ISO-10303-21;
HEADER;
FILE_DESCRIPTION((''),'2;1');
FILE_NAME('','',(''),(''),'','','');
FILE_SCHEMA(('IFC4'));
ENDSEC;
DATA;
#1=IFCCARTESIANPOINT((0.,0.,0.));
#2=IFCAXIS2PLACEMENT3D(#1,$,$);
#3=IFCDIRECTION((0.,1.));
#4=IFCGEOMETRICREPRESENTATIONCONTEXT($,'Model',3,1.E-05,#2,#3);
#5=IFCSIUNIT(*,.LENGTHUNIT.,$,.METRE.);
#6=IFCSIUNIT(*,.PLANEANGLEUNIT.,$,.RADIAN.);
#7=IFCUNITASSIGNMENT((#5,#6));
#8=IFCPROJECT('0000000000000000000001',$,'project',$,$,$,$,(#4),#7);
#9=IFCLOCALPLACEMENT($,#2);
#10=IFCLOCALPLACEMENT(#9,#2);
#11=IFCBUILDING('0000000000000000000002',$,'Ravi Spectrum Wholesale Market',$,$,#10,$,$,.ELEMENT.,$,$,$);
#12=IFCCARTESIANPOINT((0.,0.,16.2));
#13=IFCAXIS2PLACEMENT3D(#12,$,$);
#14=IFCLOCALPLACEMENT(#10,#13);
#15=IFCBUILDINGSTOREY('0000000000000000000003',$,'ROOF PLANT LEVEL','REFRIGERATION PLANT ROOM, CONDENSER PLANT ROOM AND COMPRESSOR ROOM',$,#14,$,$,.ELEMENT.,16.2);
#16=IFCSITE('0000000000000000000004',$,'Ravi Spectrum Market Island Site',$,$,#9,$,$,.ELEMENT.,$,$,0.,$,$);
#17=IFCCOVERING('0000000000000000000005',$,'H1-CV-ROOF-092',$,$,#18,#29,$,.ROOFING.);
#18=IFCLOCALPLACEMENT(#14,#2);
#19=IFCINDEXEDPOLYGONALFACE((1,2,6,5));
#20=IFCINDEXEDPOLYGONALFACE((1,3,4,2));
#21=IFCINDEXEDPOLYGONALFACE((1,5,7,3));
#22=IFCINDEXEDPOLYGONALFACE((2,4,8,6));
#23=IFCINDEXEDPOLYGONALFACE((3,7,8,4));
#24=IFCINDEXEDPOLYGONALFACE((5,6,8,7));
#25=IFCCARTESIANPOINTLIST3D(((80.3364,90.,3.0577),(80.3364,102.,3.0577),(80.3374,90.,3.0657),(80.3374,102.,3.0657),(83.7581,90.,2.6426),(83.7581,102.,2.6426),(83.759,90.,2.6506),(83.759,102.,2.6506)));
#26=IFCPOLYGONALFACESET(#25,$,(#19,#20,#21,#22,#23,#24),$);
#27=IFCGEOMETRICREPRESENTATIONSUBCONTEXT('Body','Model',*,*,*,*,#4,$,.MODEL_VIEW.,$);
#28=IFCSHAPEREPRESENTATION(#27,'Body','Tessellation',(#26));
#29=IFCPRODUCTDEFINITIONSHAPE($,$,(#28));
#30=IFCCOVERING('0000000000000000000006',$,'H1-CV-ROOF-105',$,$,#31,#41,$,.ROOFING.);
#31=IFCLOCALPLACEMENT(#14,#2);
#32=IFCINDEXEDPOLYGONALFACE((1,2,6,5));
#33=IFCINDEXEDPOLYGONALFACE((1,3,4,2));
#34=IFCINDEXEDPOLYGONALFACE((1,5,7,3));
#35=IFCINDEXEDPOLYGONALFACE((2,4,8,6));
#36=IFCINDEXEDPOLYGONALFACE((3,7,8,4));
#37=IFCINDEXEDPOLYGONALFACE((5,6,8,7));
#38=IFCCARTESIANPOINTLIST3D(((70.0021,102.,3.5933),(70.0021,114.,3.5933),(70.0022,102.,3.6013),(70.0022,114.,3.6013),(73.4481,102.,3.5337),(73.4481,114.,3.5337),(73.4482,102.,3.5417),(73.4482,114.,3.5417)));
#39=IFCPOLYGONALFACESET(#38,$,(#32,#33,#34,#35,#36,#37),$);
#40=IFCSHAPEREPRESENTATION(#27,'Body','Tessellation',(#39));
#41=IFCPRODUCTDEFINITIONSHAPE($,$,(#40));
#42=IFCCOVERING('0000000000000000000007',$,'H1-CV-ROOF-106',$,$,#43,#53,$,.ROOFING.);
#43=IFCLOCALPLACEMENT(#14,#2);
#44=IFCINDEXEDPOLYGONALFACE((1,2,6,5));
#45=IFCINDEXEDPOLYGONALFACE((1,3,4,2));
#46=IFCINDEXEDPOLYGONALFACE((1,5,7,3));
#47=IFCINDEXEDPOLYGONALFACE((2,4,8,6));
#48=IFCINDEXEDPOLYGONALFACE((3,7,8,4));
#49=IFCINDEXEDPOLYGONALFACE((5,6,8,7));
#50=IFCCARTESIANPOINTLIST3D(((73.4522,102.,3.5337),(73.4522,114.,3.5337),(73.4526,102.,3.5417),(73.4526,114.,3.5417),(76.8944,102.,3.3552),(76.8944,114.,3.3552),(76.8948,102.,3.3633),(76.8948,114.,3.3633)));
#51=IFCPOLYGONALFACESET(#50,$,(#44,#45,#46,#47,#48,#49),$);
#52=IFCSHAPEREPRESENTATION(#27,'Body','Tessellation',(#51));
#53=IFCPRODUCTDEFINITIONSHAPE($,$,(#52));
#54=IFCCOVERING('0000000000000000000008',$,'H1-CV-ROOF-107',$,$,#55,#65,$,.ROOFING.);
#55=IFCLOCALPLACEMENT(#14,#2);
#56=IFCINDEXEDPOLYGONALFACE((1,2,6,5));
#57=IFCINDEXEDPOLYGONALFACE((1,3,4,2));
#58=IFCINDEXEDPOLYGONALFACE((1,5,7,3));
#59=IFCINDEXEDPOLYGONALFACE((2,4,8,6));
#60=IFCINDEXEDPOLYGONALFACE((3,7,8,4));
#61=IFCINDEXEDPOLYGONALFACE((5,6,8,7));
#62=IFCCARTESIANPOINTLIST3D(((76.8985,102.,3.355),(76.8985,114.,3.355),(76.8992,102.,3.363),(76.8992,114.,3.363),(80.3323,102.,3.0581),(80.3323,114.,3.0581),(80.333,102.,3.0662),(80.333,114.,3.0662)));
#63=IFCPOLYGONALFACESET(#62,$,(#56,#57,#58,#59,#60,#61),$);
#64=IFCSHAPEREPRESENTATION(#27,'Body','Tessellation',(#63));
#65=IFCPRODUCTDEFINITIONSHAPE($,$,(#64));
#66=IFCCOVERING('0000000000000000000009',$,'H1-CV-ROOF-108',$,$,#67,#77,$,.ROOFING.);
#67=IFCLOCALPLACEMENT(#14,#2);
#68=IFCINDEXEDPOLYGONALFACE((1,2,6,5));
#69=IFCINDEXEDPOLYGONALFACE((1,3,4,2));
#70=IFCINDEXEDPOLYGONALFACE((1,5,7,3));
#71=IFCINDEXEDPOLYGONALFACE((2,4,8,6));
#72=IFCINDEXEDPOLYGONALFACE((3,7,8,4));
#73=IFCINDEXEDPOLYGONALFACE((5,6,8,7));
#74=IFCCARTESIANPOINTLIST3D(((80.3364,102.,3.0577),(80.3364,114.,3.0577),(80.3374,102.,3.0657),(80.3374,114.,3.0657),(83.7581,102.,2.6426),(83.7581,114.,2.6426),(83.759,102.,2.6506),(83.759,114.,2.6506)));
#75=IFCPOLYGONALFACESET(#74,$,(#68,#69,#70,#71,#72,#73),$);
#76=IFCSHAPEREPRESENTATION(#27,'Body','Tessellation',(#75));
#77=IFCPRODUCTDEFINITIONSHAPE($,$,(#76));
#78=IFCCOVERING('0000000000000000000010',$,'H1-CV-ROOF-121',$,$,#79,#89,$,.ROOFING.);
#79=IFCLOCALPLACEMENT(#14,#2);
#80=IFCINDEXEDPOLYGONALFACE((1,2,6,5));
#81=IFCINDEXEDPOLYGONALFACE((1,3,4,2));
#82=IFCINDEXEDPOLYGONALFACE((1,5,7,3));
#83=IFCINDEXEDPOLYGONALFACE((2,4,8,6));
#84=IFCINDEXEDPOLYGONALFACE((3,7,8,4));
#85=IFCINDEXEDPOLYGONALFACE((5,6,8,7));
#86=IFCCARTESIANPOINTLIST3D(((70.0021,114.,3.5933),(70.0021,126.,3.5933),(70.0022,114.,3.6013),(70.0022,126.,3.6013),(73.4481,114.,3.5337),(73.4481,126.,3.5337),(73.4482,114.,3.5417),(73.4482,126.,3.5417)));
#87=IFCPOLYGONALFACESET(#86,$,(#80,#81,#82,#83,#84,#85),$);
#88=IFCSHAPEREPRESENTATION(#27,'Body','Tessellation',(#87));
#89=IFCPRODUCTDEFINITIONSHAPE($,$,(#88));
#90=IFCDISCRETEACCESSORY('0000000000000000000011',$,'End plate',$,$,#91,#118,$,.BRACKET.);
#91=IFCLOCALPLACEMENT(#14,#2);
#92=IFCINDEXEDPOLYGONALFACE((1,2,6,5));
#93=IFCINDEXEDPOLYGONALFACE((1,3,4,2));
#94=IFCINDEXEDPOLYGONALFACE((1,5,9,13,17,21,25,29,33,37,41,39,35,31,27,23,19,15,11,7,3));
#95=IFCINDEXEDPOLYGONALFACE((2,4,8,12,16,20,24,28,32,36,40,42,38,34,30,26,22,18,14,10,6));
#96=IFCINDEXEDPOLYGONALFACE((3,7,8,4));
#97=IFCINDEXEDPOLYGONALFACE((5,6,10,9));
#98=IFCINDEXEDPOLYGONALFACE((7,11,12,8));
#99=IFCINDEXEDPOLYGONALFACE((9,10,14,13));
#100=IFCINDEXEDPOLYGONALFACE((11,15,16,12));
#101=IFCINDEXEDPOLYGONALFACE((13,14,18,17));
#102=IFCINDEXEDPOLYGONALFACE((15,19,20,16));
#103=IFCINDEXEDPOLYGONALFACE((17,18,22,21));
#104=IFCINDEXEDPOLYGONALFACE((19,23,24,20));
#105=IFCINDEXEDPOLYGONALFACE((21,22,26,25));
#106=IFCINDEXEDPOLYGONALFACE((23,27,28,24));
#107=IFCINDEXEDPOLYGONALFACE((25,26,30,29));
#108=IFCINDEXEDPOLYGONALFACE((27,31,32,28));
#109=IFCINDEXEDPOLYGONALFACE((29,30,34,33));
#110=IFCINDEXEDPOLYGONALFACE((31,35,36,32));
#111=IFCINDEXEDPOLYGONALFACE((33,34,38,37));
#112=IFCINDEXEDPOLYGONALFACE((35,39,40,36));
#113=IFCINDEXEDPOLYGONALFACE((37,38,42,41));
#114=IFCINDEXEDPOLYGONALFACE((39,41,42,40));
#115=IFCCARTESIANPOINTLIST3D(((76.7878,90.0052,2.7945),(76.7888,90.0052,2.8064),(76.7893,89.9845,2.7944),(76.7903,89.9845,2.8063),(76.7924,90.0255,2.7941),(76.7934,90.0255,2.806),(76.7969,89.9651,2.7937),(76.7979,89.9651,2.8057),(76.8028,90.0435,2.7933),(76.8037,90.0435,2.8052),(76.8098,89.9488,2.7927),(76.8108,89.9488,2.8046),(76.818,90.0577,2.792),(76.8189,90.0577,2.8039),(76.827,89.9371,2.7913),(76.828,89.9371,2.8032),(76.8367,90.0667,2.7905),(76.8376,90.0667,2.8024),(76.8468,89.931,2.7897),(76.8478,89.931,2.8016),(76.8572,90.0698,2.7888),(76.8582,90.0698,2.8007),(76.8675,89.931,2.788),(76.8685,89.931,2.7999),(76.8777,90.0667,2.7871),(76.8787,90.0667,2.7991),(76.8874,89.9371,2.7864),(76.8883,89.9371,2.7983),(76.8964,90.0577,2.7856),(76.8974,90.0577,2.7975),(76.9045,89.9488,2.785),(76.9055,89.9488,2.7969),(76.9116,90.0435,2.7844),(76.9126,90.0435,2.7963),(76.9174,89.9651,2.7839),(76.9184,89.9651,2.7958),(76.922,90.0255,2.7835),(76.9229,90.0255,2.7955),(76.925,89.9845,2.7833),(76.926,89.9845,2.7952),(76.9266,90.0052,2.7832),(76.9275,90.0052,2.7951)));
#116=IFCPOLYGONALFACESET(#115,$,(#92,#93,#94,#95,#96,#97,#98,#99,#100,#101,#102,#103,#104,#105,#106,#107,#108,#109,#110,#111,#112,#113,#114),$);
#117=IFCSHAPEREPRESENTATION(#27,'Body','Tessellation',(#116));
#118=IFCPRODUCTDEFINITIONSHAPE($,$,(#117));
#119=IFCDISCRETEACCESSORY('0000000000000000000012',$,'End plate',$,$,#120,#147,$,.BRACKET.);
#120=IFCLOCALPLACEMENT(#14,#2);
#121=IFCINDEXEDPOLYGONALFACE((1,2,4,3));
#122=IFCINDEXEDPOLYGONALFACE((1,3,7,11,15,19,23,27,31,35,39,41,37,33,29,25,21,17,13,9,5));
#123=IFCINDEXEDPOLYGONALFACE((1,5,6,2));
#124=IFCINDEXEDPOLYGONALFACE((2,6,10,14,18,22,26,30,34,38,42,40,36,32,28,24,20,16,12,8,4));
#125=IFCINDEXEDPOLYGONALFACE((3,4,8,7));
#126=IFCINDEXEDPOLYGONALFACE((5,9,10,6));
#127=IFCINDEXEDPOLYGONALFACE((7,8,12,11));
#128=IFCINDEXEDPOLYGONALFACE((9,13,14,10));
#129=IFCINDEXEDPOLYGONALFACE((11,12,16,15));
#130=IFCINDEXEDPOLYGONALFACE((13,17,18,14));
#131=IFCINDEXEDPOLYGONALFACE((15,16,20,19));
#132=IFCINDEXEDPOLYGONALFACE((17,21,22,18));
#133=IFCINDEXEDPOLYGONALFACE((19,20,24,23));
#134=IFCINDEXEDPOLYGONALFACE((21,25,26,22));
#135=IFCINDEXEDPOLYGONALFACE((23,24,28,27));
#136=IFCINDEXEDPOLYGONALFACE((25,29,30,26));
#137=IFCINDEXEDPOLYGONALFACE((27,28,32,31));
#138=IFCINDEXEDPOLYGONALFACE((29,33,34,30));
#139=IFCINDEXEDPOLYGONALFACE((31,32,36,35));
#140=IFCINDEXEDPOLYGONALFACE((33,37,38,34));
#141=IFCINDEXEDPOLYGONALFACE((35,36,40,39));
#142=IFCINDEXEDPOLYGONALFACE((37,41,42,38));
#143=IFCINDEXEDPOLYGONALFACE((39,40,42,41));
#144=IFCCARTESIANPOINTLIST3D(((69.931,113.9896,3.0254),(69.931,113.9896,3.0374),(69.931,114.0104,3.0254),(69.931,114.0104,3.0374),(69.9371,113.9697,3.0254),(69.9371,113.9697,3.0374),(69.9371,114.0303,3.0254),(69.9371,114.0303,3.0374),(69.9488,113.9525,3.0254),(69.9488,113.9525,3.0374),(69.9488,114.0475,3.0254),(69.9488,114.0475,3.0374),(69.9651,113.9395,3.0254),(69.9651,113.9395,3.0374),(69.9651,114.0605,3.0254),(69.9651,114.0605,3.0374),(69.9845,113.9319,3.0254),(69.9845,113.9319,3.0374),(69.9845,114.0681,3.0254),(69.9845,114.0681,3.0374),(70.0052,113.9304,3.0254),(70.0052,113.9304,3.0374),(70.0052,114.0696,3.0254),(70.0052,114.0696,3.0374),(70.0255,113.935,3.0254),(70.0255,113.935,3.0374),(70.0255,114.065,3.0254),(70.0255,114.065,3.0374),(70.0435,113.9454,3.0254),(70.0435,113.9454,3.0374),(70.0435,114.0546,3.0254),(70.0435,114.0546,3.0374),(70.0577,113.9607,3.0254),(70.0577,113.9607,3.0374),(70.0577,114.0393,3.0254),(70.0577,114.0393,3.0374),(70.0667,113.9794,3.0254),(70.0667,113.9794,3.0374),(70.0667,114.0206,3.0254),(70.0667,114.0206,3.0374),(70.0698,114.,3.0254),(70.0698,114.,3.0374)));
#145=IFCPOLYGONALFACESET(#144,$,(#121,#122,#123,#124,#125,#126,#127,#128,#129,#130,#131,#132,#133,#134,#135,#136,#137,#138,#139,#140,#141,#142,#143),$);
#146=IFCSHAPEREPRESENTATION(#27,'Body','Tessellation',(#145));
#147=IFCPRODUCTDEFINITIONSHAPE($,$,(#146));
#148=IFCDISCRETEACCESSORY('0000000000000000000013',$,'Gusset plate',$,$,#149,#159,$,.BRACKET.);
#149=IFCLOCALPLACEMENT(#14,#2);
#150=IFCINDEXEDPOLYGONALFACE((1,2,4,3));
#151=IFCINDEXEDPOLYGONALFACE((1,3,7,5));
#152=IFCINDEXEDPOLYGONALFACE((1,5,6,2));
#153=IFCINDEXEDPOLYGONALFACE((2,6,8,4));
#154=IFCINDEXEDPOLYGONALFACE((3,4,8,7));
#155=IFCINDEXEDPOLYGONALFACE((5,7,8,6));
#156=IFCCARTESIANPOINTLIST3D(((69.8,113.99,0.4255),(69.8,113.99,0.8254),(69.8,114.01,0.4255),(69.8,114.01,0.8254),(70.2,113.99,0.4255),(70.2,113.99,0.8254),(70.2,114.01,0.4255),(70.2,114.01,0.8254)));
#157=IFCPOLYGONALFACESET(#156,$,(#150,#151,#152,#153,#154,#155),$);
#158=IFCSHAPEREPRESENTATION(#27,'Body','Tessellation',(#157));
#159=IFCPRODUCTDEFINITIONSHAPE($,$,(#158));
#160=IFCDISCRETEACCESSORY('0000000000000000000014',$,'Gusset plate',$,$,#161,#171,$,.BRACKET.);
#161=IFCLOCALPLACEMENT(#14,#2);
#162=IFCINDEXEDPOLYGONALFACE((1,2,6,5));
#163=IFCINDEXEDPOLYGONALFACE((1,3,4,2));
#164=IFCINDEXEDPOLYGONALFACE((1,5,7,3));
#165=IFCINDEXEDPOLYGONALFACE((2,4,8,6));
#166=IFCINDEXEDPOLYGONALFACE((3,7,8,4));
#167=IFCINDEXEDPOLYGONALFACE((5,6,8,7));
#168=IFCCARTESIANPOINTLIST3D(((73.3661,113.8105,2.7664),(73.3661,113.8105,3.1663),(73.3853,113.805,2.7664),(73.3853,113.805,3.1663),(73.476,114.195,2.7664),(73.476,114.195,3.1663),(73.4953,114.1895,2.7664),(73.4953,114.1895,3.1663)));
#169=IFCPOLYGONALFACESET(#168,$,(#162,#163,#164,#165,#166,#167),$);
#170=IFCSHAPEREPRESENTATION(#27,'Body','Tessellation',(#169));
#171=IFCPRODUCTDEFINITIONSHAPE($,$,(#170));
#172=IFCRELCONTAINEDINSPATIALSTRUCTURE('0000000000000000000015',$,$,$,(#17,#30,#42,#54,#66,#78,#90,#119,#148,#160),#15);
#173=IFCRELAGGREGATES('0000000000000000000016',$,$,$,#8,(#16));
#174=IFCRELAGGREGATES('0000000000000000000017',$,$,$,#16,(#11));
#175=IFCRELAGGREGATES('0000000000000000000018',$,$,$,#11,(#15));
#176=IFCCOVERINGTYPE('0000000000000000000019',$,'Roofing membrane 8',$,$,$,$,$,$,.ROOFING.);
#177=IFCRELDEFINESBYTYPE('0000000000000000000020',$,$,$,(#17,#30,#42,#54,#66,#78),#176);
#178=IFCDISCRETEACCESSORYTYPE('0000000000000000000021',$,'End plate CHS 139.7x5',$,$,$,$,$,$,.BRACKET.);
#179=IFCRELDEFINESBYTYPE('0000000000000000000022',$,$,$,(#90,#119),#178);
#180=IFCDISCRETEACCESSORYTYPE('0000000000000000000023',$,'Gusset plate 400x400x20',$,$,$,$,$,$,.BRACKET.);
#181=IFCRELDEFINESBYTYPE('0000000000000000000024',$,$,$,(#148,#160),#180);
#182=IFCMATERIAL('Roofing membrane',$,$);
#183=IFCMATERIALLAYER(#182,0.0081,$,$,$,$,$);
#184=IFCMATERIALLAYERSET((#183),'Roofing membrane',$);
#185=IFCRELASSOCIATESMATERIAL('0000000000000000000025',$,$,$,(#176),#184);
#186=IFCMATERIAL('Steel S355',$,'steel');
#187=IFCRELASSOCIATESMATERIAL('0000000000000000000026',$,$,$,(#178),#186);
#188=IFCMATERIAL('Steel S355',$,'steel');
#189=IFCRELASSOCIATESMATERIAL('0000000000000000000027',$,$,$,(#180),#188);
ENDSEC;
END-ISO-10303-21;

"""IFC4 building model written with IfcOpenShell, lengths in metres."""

from ifc_helpers import new_model, si_unit, direction, frame, origin, origin_2d, place, context, subcontext, project, spatial, polyline, rectangle, circle, outline, extrude, material, layer, layer_set, material_profile, profile_set, type_object, element, save


model = new_model("IFC4")

# Units and contexts
model_context = context("Model", 3, precision=1e-05, world=origin(), true_north=direction((0.0, 1.0)))
body_context = subcontext(model_context, "Body", "Model", "MODEL_VIEW")
ifc_project = project(units=[si_unit("LENGTHUNIT", "METRE"), si_unit("PLANEANGLEUNIT", "RADIAN")], contexts=[model_context])

# Site, building, storey
site_placement = place(None, origin())
site = spatial("IfcSite", under=ifc_project, at=site_placement, Name="Ravi Spectrum Market Island Site", CompositionType="ELEMENT", RefElevation=0.0)
building_placement = place(site_placement, origin())
building = spatial("IfcBuilding", under=site, at=building_placement, Name="Ravi Spectrum Wholesale Market", CompositionType="ELEMENT")
storey_placement = place(building_placement, frame((0.0, 0.0, 16.2)))
storey = spatial("IfcBuildingStorey", under=building, at=storey_placement, Name="ROOF PLANT LEVEL", Description="REFRIGERATION PLANT ROOM, CONDENSER PLANT ROOM AND COMPRESSOR ROOM", CompositionType="ELEMENT", Elevation=16.2)

# Coverings
ifc_material_1 = material(Name="Roofing membrane")
ifc_layer_1 = layer(ifc_material_1, 0.0081)
ifc_layer_set_1 = layer_set([ifc_layer_1], Name="Roofing membrane")
covering_type = type_object("IfcCoveringType", Name="Roofing membrane 8", PredefinedType="ROOFING", material=ifc_layer_set_1)
covering_1_placement = place(storey_placement, frame((80.3374, 90.0, 3.0657), z_axis=(0.120416, 0.0, 0.992724), x_axis=(0.992724, 0.0, -0.120416)))
element("IfcCovering", 1, at=covering_1_placement, inside=storey, type_object=covering_type, Name="H1-CV-ROOF-092", PredefinedType="ROOFING", context=body_context, shape_type="SweptSolid", body=[
    extrude(outline(polyline([(0.0, 0.0), (3.4467, 0.0), (3.4467, 12.0), (0.0, 12.0), (0.0, 0.0)])), origin(), (0.0, 0.0, -1.0), 0.0081),
])
covering_2_placement = place(storey_placement, frame((70.0022, 102.0, 3.6013), z_axis=(0.017284, 0.0, 0.999851), x_axis=(0.999851, 0.0, -0.017284)))
element("IfcCovering", 2, at=covering_2_placement, inside=storey, type_object=covering_type, Name="H1-CV-ROOF-105", PredefinedType="ROOFING", context=body_context, shape_type="SweptSolid", body=[
    extrude(outline(polyline([(0.0, 0.0), (3.4466, 0.0), (3.4466, 12.0), (0.0, 12.0), (0.0, 0.0)])), origin(), (0.0, 0.0, -1.0), 0.0081),
])
covering_3_placement = place(storey_placement, frame((73.4526, 102.0, 3.5417), z_axis=(0.051778, 0.0, 0.998659), x_axis=(0.998659, 0.0, -0.051778)))
element("IfcCovering", 3, at=covering_3_placement, inside=storey, type_object=covering_type, Name="H1-CV-ROOF-106", PredefinedType="ROOFING", context=body_context, shape_type="SweptSolid", body=[
    extrude(outline(polyline([(0.0, 0.0), (3.4468, 0.0), (3.4468, 12.0), (0.0, 12.0), (0.0, 0.0)])), origin(), (0.0, 0.0, -1.0), 0.0081),
])
covering_4_placement = place(storey_placement, frame((76.8992, 102.0, 3.363), z_axis=(0.086134, 0.0, 0.996284), x_axis=(0.996284, 0.0, -0.086134)))
element("IfcCovering", 4, at=covering_4_placement, inside=storey, type_object=covering_type, Name="H1-CV-ROOF-107", PredefinedType="ROOFING", context=body_context, shape_type="SweptSolid", body=[
    extrude(outline(polyline([(0.0, 0.0), (3.4466, 0.0), (3.4466, 12.0), (0.0, 12.0), (0.0, 0.0)])), origin(), (0.0, 0.0, -1.0), 0.0081),
])
covering_5_placement = place(storey_placement, frame((80.3374, 102.0, 3.0657), z_axis=(0.120416, 0.0, 0.992724), x_axis=(0.992724, 0.0, -0.120416)))
element("IfcCovering", 5, at=covering_5_placement, inside=storey, type_object=covering_type, Name="H1-CV-ROOF-108", PredefinedType="ROOFING", context=body_context, shape_type="SweptSolid", body=[
    extrude(outline(polyline([(0.0, 0.0), (3.4467, 0.0), (3.4467, 12.0), (0.0, 12.0), (0.0, 0.0)])), origin(), (0.0, 0.0, -1.0), 0.0081),
])
covering_6_placement = place(storey_placement, frame((70.0022, 114.0, 3.6013), z_axis=(0.017284, 0.0, 0.999851), x_axis=(0.999851, 0.0, -0.017284)))
element("IfcCovering", 6, at=covering_6_placement, inside=storey, type_object=covering_type, Name="H1-CV-ROOF-121", PredefinedType="ROOFING", context=body_context, shape_type="SweptSolid", body=[
    extrude(outline(polyline([(0.0, 0.0), (3.4466, 0.0), (3.4466, 12.0), (0.0, 12.0), (0.0, 0.0)])), origin(), (0.0, 0.0, -1.0), 0.0081),
])

# Discrete accessories
ifc_material_2 = material(Name="Steel S355", Category="steel")
ifc_material_profile_1 = material_profile(ifc_material_2, circle(Radius=0.0698, at=origin_2d()))
ifc_profile_set_1 = profile_set([ifc_material_profile_1], Name="Steel S355")
discrete_accessory_type_1 = type_object("IfcDiscreteAccessoryType", Name="End plate CHS 139.7x5", PredefinedType="BRACKET", material=ifc_profile_set_1)
for number, where, z_axis, x_axis, name in (
    (7, (76.8572, 90.0, 2.7888), (0.081362, 0.0, 0.996685), (0.0, 1.0, 0.0), "End plate"),
    (8, (70.0, 114.0, 3.0254), (0.0, 0.0, 1.0), (1.0, 0.0, 0.0), "End plate"),
):
    element("IfcDiscreteAccessory", number, at=place(storey_placement, frame(where, z_axis=z_axis, x_axis=x_axis)), inside=storey, type_object=discrete_accessory_type_1, Name=name, PredefinedType="BRACKET", context=body_context, shape_type="SweptSolid", body=[
        extrude(circle(Radius=0.0698, at=origin_2d()), origin(), (0.0, 0.0, 1.0), 0.012),
    ])
ifc_material_3 = material(Name="Steel S355", Category="steel")
ifc_material_profile_2 = material_profile(ifc_material_3, rectangle(XDim=0.3999, YDim=0.02, at=origin_2d()))
ifc_profile_set_2 = profile_set([ifc_material_profile_2], Name="Steel S355")
discrete_accessory_type_2 = type_object("IfcDiscreteAccessoryType", Name="Gusset plate 400x400x20", PredefinedType="BRACKET", material=ifc_profile_set_2)
for number, where, z_axis, x_axis, name in (
    (9, (70.0, 114.0, 0.4255), (0.0, 0.0, 1.0), (1.0, 0.0, 0.0), "Gusset plate"),
    (10, (73.4307, 114.0, 2.7664), (0.0, 0.0, 1.0), (0.274877, 0.961479, 0.0), "Gusset plate"),
):
    element("IfcDiscreteAccessory", number, at=place(storey_placement, frame(where, z_axis=z_axis, x_axis=x_axis)), inside=storey, type_object=discrete_accessory_type_2, Name=name, PredefinedType="BRACKET", context=body_context, shape_type="SweptSolid", body=[
        extrude(rectangle(XDim=0.3999, YDim=0.02, at=origin_2d()), origin(), (0.0, 0.0, 1.0), 0.3999),
    ])

save(model, "model.ifc")
